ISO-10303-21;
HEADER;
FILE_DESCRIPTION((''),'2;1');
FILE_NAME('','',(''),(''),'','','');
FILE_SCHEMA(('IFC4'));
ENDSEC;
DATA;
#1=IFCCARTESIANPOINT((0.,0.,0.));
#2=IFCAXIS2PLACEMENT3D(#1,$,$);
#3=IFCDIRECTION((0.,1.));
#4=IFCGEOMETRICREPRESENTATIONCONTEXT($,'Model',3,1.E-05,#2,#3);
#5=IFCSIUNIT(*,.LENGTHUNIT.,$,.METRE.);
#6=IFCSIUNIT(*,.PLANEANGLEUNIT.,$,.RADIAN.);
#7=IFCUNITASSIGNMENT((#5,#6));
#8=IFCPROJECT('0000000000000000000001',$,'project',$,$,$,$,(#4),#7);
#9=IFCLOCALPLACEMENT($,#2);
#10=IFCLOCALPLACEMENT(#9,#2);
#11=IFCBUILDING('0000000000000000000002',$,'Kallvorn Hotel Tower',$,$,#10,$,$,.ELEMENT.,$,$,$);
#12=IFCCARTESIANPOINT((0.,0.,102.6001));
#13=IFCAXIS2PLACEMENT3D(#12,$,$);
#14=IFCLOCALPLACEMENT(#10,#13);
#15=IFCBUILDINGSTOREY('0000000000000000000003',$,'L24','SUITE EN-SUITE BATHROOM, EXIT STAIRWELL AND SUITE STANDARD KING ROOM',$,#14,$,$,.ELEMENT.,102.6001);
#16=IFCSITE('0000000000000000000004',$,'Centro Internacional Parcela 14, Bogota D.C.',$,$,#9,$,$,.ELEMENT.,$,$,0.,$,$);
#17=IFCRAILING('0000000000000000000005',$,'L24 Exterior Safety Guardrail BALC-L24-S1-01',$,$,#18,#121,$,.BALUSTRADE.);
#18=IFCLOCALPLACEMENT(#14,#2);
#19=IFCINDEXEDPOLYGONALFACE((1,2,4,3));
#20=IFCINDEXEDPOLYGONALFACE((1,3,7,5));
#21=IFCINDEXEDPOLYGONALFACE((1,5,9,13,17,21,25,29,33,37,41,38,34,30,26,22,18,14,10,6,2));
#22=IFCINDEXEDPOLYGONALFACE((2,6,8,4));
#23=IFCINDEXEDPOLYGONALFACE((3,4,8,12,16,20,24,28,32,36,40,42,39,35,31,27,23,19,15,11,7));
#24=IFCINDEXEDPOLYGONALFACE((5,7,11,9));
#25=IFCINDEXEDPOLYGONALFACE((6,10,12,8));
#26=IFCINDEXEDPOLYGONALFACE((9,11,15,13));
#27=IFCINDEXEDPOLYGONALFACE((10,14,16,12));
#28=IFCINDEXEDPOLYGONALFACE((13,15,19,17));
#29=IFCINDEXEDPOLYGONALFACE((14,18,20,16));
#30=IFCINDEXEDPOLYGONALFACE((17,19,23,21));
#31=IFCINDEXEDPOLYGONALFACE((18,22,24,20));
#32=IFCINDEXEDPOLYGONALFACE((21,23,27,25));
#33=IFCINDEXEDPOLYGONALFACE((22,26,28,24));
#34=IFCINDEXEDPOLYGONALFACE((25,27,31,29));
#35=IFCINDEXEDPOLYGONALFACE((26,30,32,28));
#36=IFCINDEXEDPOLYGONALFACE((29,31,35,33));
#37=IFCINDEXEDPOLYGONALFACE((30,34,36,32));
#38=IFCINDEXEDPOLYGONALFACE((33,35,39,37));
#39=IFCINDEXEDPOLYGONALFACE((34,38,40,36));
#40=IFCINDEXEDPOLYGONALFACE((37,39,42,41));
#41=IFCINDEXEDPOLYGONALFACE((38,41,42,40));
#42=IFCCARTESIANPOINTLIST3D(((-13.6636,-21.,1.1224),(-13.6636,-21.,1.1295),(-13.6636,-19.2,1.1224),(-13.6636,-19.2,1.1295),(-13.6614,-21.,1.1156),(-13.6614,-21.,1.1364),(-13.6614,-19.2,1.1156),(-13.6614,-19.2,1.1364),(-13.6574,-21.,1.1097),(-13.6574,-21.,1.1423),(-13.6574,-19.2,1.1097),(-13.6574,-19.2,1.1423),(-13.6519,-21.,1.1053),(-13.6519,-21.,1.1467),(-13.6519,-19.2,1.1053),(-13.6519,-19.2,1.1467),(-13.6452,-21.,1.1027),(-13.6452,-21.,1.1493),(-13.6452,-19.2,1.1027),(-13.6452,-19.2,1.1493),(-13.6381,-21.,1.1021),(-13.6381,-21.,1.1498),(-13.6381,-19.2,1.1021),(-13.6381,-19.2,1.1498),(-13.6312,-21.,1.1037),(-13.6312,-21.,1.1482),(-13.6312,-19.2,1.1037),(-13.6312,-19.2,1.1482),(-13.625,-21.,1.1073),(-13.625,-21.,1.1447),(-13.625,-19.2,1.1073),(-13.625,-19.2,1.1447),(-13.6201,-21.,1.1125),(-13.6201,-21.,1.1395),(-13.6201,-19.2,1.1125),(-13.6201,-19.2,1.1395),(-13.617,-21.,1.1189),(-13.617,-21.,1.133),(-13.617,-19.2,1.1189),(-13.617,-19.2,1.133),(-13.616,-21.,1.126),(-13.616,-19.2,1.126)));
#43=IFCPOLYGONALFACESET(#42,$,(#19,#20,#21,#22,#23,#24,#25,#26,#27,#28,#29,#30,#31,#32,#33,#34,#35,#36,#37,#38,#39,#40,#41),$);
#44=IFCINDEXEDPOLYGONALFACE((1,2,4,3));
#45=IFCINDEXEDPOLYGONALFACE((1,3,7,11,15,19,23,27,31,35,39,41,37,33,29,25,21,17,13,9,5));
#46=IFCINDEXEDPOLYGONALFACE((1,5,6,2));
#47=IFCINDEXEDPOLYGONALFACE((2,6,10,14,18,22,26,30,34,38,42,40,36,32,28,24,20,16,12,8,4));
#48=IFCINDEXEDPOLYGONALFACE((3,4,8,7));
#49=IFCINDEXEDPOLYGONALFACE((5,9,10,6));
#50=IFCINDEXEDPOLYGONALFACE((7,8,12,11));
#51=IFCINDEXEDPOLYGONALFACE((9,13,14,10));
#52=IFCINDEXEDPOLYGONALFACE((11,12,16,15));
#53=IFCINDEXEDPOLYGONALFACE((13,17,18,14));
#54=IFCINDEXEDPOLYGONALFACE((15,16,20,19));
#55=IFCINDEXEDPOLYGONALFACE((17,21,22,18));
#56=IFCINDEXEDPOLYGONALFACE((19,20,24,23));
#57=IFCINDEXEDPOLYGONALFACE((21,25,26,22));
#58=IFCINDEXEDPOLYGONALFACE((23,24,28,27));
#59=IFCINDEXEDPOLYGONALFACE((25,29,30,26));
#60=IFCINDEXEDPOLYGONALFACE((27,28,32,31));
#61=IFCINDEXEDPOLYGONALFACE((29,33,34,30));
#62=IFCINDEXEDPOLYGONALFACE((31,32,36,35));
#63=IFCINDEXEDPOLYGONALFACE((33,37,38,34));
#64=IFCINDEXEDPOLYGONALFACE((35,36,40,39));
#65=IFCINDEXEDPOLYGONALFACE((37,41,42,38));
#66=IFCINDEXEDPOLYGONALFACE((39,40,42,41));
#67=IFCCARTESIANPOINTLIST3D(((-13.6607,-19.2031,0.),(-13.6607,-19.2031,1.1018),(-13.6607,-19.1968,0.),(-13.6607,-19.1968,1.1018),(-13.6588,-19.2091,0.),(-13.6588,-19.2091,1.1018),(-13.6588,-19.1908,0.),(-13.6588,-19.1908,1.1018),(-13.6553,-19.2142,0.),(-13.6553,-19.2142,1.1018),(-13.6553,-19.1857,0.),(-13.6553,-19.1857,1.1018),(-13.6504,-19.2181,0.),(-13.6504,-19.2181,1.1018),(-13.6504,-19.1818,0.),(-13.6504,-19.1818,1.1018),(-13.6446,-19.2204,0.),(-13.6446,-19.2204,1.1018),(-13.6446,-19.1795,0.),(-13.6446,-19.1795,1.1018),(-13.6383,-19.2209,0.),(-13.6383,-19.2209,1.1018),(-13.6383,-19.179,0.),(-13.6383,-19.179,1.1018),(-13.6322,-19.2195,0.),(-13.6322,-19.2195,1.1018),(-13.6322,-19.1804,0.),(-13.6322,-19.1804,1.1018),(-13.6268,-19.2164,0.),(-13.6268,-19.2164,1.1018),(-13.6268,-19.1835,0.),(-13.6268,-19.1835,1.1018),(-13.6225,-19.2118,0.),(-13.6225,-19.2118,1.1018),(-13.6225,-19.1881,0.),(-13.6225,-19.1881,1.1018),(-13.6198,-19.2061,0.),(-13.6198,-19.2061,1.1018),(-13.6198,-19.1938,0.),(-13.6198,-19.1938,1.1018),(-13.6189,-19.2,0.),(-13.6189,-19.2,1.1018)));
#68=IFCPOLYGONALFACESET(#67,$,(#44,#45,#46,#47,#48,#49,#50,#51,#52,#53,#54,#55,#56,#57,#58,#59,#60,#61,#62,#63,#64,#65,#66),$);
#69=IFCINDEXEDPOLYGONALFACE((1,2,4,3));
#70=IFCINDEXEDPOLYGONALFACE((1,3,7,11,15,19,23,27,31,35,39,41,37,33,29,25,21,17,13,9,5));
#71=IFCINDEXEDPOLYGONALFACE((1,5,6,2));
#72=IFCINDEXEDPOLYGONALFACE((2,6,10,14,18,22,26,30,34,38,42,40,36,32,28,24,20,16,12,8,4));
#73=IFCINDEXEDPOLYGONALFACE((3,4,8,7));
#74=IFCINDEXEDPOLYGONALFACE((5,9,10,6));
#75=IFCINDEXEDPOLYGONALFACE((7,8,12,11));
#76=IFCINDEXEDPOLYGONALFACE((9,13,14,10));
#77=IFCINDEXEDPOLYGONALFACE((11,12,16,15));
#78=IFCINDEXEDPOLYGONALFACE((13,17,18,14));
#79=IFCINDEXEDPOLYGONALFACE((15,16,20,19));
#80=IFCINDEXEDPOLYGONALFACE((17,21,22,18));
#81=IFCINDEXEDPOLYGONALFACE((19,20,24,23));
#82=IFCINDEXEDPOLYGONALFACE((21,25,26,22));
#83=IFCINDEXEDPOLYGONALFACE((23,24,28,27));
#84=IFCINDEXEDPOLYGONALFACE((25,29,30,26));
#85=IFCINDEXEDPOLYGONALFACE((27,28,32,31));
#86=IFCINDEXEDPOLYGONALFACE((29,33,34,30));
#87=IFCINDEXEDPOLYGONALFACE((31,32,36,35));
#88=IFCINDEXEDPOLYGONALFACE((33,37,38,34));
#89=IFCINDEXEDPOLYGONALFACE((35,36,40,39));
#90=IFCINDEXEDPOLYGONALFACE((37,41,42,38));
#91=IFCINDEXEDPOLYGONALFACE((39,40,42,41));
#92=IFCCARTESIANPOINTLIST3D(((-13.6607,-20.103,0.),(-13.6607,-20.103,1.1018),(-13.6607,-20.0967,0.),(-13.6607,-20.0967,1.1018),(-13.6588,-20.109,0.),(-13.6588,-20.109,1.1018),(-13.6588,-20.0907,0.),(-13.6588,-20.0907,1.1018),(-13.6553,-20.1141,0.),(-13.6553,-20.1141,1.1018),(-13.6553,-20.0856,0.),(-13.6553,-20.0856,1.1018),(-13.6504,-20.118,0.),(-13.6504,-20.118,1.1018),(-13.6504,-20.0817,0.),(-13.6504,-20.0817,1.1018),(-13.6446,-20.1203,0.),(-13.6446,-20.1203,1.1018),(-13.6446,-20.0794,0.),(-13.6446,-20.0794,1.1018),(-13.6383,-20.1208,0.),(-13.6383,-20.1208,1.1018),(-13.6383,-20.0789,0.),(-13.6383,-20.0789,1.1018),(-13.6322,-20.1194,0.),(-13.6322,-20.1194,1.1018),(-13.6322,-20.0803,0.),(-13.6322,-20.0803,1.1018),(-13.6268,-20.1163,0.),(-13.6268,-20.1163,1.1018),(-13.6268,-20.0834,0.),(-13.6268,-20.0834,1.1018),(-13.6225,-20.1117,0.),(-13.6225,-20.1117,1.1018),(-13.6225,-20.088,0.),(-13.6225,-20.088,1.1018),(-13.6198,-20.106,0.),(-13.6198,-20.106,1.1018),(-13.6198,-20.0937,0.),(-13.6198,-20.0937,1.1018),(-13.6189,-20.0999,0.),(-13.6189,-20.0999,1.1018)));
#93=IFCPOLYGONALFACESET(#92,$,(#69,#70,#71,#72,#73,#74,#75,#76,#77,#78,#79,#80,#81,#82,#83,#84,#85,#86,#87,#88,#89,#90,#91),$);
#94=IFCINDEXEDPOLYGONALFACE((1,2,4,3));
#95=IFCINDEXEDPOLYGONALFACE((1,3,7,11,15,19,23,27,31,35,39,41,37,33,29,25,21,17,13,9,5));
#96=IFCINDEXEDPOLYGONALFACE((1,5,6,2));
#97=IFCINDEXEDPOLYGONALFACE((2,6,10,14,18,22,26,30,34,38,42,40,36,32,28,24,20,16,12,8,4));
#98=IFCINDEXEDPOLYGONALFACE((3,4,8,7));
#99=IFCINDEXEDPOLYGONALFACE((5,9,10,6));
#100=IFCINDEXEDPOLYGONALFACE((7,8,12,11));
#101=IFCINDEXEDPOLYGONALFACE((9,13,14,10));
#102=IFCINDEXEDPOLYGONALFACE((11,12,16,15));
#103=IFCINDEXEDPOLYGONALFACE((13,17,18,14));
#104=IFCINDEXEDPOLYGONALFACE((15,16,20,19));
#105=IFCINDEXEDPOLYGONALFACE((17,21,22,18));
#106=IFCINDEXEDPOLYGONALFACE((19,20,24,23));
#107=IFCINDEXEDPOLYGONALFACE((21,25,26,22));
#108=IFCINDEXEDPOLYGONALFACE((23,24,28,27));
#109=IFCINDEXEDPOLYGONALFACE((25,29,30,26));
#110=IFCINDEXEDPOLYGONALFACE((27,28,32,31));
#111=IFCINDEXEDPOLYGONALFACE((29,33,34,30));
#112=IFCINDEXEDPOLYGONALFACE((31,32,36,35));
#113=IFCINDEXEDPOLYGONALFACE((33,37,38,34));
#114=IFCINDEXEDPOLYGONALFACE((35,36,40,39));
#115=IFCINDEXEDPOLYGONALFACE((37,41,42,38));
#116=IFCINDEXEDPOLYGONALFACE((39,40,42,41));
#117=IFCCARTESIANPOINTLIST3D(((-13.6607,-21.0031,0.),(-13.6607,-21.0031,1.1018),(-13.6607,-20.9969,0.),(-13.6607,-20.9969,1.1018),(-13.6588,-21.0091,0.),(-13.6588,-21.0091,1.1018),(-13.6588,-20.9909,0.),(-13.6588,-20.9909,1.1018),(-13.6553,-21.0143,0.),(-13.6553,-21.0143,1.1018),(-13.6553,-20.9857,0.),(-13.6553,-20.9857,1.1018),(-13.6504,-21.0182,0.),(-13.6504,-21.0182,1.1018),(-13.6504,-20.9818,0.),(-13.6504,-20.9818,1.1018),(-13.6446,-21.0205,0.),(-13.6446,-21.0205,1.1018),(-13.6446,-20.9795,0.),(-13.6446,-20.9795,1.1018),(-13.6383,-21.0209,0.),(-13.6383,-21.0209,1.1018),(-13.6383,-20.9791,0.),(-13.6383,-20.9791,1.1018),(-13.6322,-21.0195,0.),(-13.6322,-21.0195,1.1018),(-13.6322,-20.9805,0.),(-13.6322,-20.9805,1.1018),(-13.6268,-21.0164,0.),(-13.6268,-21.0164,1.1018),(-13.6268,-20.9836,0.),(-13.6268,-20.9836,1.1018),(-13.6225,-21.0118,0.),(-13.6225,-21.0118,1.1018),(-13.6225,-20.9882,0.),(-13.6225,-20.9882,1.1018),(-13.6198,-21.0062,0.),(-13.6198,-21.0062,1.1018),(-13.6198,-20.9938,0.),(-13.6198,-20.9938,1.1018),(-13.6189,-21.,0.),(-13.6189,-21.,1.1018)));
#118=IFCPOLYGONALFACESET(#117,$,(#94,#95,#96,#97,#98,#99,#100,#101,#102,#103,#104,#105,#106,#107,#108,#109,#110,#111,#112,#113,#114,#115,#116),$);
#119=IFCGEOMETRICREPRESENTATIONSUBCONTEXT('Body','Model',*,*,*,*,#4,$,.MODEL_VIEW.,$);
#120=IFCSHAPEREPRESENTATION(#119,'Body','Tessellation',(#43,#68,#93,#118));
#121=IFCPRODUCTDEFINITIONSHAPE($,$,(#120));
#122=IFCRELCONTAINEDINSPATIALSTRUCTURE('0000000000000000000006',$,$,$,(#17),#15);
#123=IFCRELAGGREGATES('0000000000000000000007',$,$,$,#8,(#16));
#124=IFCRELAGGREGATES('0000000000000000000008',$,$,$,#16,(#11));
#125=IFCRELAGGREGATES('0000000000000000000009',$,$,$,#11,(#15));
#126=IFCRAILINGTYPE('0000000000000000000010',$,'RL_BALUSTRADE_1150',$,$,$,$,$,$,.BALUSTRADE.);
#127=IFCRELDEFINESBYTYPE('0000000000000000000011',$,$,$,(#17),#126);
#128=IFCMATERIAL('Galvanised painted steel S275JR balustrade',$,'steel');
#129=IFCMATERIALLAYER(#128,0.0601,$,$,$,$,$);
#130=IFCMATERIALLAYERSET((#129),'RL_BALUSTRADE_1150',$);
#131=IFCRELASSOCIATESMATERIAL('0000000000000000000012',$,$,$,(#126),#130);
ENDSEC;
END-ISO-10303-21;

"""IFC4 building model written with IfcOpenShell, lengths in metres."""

from ifc_helpers import new_model, si_unit, direction, frame, origin, origin_2d, place, context, subcontext, project, spatial, circle, extrude, material, layer, layer_set, type_object, element, save


model = new_model("IFC4")

# Units and contexts
model_context = context("Model", 3, precision=1e-05, world=origin(), true_north=direction((0.0, 1.0)))
body_context = subcontext(model_context, "Body", "Model", "MODEL_VIEW")
ifc_project = project(units=[si_unit("LENGTHUNIT", "METRE"), si_unit("PLANEANGLEUNIT", "RADIAN")], contexts=[model_context])

# Site, building, storey
site_placement = place(None, origin())
site = spatial("IfcSite", under=ifc_project, at=site_placement, Name="Centro Internacional Parcela 14, Bogota D.C.", CompositionType="ELEMENT", RefElevation=0.0)
building_placement = place(site_placement, origin())
building = spatial("IfcBuilding", under=site, at=building_placement, Name="Kallvorn Hotel Tower", CompositionType="ELEMENT")
storey_placement = place(building_placement, frame((0.0, 0.0, 102.6001)))
storey = spatial("IfcBuildingStorey", under=building, at=storey_placement, Name="L24", Description="SUITE EN-SUITE BATHROOM, EXIT STAIRWELL AND SUITE STANDARD KING ROOM", CompositionType="ELEMENT", Elevation=102.6001)

# Railing
ifc_material_1 = material(Name="Galvanised painted steel S275JR balustrade", Category="steel")
ifc_layer_1 = layer(ifc_material_1, 0.0601)
ifc_layer_set_1 = layer_set([ifc_layer_1], Name="RL_BALUSTRADE_1150")
railing_type = type_object("IfcRailingType", Name="RL_BALUSTRADE_1150", PredefinedType="BALUSTRADE", material=ifc_layer_set_1)
railing_1_placement = place(storey_placement, frame((-13.6399, -19.2, 0.0)))
element("IfcRailing", 1, at=railing_1_placement, inside=storey, type_object=railing_type, Name="L24 Exterior Safety Guardrail BALC-L24-S1-01", PredefinedType="BALUSTRADE", context=body_context, shape_type="SweptSolid", body=[
    extrude(circle(Radius=0.0239, at=origin_2d()), frame((0.0, 0.0, 1.126), z_axis=(0.0, -1.0, 0.0), x_axis=(1.0, 0.0, 0.0)), (0.0, 0.0, 1.0), 1.8),
    extrude(circle(Radius=0.021, at=origin_2d()), origin(), (0.0, 0.0, 1.0), 1.1018),
    extrude(circle(Radius=0.021, at=origin_2d()), frame((0.0, -0.8999, 0.0)), (0.0, 0.0, 1.0), 1.1018),
    extrude(circle(Radius=0.021, at=origin_2d()), frame((0.0, -1.8, 0.0)), (0.0, 0.0, 1.0), 1.1018),
])

save(model, "model.ifc")
